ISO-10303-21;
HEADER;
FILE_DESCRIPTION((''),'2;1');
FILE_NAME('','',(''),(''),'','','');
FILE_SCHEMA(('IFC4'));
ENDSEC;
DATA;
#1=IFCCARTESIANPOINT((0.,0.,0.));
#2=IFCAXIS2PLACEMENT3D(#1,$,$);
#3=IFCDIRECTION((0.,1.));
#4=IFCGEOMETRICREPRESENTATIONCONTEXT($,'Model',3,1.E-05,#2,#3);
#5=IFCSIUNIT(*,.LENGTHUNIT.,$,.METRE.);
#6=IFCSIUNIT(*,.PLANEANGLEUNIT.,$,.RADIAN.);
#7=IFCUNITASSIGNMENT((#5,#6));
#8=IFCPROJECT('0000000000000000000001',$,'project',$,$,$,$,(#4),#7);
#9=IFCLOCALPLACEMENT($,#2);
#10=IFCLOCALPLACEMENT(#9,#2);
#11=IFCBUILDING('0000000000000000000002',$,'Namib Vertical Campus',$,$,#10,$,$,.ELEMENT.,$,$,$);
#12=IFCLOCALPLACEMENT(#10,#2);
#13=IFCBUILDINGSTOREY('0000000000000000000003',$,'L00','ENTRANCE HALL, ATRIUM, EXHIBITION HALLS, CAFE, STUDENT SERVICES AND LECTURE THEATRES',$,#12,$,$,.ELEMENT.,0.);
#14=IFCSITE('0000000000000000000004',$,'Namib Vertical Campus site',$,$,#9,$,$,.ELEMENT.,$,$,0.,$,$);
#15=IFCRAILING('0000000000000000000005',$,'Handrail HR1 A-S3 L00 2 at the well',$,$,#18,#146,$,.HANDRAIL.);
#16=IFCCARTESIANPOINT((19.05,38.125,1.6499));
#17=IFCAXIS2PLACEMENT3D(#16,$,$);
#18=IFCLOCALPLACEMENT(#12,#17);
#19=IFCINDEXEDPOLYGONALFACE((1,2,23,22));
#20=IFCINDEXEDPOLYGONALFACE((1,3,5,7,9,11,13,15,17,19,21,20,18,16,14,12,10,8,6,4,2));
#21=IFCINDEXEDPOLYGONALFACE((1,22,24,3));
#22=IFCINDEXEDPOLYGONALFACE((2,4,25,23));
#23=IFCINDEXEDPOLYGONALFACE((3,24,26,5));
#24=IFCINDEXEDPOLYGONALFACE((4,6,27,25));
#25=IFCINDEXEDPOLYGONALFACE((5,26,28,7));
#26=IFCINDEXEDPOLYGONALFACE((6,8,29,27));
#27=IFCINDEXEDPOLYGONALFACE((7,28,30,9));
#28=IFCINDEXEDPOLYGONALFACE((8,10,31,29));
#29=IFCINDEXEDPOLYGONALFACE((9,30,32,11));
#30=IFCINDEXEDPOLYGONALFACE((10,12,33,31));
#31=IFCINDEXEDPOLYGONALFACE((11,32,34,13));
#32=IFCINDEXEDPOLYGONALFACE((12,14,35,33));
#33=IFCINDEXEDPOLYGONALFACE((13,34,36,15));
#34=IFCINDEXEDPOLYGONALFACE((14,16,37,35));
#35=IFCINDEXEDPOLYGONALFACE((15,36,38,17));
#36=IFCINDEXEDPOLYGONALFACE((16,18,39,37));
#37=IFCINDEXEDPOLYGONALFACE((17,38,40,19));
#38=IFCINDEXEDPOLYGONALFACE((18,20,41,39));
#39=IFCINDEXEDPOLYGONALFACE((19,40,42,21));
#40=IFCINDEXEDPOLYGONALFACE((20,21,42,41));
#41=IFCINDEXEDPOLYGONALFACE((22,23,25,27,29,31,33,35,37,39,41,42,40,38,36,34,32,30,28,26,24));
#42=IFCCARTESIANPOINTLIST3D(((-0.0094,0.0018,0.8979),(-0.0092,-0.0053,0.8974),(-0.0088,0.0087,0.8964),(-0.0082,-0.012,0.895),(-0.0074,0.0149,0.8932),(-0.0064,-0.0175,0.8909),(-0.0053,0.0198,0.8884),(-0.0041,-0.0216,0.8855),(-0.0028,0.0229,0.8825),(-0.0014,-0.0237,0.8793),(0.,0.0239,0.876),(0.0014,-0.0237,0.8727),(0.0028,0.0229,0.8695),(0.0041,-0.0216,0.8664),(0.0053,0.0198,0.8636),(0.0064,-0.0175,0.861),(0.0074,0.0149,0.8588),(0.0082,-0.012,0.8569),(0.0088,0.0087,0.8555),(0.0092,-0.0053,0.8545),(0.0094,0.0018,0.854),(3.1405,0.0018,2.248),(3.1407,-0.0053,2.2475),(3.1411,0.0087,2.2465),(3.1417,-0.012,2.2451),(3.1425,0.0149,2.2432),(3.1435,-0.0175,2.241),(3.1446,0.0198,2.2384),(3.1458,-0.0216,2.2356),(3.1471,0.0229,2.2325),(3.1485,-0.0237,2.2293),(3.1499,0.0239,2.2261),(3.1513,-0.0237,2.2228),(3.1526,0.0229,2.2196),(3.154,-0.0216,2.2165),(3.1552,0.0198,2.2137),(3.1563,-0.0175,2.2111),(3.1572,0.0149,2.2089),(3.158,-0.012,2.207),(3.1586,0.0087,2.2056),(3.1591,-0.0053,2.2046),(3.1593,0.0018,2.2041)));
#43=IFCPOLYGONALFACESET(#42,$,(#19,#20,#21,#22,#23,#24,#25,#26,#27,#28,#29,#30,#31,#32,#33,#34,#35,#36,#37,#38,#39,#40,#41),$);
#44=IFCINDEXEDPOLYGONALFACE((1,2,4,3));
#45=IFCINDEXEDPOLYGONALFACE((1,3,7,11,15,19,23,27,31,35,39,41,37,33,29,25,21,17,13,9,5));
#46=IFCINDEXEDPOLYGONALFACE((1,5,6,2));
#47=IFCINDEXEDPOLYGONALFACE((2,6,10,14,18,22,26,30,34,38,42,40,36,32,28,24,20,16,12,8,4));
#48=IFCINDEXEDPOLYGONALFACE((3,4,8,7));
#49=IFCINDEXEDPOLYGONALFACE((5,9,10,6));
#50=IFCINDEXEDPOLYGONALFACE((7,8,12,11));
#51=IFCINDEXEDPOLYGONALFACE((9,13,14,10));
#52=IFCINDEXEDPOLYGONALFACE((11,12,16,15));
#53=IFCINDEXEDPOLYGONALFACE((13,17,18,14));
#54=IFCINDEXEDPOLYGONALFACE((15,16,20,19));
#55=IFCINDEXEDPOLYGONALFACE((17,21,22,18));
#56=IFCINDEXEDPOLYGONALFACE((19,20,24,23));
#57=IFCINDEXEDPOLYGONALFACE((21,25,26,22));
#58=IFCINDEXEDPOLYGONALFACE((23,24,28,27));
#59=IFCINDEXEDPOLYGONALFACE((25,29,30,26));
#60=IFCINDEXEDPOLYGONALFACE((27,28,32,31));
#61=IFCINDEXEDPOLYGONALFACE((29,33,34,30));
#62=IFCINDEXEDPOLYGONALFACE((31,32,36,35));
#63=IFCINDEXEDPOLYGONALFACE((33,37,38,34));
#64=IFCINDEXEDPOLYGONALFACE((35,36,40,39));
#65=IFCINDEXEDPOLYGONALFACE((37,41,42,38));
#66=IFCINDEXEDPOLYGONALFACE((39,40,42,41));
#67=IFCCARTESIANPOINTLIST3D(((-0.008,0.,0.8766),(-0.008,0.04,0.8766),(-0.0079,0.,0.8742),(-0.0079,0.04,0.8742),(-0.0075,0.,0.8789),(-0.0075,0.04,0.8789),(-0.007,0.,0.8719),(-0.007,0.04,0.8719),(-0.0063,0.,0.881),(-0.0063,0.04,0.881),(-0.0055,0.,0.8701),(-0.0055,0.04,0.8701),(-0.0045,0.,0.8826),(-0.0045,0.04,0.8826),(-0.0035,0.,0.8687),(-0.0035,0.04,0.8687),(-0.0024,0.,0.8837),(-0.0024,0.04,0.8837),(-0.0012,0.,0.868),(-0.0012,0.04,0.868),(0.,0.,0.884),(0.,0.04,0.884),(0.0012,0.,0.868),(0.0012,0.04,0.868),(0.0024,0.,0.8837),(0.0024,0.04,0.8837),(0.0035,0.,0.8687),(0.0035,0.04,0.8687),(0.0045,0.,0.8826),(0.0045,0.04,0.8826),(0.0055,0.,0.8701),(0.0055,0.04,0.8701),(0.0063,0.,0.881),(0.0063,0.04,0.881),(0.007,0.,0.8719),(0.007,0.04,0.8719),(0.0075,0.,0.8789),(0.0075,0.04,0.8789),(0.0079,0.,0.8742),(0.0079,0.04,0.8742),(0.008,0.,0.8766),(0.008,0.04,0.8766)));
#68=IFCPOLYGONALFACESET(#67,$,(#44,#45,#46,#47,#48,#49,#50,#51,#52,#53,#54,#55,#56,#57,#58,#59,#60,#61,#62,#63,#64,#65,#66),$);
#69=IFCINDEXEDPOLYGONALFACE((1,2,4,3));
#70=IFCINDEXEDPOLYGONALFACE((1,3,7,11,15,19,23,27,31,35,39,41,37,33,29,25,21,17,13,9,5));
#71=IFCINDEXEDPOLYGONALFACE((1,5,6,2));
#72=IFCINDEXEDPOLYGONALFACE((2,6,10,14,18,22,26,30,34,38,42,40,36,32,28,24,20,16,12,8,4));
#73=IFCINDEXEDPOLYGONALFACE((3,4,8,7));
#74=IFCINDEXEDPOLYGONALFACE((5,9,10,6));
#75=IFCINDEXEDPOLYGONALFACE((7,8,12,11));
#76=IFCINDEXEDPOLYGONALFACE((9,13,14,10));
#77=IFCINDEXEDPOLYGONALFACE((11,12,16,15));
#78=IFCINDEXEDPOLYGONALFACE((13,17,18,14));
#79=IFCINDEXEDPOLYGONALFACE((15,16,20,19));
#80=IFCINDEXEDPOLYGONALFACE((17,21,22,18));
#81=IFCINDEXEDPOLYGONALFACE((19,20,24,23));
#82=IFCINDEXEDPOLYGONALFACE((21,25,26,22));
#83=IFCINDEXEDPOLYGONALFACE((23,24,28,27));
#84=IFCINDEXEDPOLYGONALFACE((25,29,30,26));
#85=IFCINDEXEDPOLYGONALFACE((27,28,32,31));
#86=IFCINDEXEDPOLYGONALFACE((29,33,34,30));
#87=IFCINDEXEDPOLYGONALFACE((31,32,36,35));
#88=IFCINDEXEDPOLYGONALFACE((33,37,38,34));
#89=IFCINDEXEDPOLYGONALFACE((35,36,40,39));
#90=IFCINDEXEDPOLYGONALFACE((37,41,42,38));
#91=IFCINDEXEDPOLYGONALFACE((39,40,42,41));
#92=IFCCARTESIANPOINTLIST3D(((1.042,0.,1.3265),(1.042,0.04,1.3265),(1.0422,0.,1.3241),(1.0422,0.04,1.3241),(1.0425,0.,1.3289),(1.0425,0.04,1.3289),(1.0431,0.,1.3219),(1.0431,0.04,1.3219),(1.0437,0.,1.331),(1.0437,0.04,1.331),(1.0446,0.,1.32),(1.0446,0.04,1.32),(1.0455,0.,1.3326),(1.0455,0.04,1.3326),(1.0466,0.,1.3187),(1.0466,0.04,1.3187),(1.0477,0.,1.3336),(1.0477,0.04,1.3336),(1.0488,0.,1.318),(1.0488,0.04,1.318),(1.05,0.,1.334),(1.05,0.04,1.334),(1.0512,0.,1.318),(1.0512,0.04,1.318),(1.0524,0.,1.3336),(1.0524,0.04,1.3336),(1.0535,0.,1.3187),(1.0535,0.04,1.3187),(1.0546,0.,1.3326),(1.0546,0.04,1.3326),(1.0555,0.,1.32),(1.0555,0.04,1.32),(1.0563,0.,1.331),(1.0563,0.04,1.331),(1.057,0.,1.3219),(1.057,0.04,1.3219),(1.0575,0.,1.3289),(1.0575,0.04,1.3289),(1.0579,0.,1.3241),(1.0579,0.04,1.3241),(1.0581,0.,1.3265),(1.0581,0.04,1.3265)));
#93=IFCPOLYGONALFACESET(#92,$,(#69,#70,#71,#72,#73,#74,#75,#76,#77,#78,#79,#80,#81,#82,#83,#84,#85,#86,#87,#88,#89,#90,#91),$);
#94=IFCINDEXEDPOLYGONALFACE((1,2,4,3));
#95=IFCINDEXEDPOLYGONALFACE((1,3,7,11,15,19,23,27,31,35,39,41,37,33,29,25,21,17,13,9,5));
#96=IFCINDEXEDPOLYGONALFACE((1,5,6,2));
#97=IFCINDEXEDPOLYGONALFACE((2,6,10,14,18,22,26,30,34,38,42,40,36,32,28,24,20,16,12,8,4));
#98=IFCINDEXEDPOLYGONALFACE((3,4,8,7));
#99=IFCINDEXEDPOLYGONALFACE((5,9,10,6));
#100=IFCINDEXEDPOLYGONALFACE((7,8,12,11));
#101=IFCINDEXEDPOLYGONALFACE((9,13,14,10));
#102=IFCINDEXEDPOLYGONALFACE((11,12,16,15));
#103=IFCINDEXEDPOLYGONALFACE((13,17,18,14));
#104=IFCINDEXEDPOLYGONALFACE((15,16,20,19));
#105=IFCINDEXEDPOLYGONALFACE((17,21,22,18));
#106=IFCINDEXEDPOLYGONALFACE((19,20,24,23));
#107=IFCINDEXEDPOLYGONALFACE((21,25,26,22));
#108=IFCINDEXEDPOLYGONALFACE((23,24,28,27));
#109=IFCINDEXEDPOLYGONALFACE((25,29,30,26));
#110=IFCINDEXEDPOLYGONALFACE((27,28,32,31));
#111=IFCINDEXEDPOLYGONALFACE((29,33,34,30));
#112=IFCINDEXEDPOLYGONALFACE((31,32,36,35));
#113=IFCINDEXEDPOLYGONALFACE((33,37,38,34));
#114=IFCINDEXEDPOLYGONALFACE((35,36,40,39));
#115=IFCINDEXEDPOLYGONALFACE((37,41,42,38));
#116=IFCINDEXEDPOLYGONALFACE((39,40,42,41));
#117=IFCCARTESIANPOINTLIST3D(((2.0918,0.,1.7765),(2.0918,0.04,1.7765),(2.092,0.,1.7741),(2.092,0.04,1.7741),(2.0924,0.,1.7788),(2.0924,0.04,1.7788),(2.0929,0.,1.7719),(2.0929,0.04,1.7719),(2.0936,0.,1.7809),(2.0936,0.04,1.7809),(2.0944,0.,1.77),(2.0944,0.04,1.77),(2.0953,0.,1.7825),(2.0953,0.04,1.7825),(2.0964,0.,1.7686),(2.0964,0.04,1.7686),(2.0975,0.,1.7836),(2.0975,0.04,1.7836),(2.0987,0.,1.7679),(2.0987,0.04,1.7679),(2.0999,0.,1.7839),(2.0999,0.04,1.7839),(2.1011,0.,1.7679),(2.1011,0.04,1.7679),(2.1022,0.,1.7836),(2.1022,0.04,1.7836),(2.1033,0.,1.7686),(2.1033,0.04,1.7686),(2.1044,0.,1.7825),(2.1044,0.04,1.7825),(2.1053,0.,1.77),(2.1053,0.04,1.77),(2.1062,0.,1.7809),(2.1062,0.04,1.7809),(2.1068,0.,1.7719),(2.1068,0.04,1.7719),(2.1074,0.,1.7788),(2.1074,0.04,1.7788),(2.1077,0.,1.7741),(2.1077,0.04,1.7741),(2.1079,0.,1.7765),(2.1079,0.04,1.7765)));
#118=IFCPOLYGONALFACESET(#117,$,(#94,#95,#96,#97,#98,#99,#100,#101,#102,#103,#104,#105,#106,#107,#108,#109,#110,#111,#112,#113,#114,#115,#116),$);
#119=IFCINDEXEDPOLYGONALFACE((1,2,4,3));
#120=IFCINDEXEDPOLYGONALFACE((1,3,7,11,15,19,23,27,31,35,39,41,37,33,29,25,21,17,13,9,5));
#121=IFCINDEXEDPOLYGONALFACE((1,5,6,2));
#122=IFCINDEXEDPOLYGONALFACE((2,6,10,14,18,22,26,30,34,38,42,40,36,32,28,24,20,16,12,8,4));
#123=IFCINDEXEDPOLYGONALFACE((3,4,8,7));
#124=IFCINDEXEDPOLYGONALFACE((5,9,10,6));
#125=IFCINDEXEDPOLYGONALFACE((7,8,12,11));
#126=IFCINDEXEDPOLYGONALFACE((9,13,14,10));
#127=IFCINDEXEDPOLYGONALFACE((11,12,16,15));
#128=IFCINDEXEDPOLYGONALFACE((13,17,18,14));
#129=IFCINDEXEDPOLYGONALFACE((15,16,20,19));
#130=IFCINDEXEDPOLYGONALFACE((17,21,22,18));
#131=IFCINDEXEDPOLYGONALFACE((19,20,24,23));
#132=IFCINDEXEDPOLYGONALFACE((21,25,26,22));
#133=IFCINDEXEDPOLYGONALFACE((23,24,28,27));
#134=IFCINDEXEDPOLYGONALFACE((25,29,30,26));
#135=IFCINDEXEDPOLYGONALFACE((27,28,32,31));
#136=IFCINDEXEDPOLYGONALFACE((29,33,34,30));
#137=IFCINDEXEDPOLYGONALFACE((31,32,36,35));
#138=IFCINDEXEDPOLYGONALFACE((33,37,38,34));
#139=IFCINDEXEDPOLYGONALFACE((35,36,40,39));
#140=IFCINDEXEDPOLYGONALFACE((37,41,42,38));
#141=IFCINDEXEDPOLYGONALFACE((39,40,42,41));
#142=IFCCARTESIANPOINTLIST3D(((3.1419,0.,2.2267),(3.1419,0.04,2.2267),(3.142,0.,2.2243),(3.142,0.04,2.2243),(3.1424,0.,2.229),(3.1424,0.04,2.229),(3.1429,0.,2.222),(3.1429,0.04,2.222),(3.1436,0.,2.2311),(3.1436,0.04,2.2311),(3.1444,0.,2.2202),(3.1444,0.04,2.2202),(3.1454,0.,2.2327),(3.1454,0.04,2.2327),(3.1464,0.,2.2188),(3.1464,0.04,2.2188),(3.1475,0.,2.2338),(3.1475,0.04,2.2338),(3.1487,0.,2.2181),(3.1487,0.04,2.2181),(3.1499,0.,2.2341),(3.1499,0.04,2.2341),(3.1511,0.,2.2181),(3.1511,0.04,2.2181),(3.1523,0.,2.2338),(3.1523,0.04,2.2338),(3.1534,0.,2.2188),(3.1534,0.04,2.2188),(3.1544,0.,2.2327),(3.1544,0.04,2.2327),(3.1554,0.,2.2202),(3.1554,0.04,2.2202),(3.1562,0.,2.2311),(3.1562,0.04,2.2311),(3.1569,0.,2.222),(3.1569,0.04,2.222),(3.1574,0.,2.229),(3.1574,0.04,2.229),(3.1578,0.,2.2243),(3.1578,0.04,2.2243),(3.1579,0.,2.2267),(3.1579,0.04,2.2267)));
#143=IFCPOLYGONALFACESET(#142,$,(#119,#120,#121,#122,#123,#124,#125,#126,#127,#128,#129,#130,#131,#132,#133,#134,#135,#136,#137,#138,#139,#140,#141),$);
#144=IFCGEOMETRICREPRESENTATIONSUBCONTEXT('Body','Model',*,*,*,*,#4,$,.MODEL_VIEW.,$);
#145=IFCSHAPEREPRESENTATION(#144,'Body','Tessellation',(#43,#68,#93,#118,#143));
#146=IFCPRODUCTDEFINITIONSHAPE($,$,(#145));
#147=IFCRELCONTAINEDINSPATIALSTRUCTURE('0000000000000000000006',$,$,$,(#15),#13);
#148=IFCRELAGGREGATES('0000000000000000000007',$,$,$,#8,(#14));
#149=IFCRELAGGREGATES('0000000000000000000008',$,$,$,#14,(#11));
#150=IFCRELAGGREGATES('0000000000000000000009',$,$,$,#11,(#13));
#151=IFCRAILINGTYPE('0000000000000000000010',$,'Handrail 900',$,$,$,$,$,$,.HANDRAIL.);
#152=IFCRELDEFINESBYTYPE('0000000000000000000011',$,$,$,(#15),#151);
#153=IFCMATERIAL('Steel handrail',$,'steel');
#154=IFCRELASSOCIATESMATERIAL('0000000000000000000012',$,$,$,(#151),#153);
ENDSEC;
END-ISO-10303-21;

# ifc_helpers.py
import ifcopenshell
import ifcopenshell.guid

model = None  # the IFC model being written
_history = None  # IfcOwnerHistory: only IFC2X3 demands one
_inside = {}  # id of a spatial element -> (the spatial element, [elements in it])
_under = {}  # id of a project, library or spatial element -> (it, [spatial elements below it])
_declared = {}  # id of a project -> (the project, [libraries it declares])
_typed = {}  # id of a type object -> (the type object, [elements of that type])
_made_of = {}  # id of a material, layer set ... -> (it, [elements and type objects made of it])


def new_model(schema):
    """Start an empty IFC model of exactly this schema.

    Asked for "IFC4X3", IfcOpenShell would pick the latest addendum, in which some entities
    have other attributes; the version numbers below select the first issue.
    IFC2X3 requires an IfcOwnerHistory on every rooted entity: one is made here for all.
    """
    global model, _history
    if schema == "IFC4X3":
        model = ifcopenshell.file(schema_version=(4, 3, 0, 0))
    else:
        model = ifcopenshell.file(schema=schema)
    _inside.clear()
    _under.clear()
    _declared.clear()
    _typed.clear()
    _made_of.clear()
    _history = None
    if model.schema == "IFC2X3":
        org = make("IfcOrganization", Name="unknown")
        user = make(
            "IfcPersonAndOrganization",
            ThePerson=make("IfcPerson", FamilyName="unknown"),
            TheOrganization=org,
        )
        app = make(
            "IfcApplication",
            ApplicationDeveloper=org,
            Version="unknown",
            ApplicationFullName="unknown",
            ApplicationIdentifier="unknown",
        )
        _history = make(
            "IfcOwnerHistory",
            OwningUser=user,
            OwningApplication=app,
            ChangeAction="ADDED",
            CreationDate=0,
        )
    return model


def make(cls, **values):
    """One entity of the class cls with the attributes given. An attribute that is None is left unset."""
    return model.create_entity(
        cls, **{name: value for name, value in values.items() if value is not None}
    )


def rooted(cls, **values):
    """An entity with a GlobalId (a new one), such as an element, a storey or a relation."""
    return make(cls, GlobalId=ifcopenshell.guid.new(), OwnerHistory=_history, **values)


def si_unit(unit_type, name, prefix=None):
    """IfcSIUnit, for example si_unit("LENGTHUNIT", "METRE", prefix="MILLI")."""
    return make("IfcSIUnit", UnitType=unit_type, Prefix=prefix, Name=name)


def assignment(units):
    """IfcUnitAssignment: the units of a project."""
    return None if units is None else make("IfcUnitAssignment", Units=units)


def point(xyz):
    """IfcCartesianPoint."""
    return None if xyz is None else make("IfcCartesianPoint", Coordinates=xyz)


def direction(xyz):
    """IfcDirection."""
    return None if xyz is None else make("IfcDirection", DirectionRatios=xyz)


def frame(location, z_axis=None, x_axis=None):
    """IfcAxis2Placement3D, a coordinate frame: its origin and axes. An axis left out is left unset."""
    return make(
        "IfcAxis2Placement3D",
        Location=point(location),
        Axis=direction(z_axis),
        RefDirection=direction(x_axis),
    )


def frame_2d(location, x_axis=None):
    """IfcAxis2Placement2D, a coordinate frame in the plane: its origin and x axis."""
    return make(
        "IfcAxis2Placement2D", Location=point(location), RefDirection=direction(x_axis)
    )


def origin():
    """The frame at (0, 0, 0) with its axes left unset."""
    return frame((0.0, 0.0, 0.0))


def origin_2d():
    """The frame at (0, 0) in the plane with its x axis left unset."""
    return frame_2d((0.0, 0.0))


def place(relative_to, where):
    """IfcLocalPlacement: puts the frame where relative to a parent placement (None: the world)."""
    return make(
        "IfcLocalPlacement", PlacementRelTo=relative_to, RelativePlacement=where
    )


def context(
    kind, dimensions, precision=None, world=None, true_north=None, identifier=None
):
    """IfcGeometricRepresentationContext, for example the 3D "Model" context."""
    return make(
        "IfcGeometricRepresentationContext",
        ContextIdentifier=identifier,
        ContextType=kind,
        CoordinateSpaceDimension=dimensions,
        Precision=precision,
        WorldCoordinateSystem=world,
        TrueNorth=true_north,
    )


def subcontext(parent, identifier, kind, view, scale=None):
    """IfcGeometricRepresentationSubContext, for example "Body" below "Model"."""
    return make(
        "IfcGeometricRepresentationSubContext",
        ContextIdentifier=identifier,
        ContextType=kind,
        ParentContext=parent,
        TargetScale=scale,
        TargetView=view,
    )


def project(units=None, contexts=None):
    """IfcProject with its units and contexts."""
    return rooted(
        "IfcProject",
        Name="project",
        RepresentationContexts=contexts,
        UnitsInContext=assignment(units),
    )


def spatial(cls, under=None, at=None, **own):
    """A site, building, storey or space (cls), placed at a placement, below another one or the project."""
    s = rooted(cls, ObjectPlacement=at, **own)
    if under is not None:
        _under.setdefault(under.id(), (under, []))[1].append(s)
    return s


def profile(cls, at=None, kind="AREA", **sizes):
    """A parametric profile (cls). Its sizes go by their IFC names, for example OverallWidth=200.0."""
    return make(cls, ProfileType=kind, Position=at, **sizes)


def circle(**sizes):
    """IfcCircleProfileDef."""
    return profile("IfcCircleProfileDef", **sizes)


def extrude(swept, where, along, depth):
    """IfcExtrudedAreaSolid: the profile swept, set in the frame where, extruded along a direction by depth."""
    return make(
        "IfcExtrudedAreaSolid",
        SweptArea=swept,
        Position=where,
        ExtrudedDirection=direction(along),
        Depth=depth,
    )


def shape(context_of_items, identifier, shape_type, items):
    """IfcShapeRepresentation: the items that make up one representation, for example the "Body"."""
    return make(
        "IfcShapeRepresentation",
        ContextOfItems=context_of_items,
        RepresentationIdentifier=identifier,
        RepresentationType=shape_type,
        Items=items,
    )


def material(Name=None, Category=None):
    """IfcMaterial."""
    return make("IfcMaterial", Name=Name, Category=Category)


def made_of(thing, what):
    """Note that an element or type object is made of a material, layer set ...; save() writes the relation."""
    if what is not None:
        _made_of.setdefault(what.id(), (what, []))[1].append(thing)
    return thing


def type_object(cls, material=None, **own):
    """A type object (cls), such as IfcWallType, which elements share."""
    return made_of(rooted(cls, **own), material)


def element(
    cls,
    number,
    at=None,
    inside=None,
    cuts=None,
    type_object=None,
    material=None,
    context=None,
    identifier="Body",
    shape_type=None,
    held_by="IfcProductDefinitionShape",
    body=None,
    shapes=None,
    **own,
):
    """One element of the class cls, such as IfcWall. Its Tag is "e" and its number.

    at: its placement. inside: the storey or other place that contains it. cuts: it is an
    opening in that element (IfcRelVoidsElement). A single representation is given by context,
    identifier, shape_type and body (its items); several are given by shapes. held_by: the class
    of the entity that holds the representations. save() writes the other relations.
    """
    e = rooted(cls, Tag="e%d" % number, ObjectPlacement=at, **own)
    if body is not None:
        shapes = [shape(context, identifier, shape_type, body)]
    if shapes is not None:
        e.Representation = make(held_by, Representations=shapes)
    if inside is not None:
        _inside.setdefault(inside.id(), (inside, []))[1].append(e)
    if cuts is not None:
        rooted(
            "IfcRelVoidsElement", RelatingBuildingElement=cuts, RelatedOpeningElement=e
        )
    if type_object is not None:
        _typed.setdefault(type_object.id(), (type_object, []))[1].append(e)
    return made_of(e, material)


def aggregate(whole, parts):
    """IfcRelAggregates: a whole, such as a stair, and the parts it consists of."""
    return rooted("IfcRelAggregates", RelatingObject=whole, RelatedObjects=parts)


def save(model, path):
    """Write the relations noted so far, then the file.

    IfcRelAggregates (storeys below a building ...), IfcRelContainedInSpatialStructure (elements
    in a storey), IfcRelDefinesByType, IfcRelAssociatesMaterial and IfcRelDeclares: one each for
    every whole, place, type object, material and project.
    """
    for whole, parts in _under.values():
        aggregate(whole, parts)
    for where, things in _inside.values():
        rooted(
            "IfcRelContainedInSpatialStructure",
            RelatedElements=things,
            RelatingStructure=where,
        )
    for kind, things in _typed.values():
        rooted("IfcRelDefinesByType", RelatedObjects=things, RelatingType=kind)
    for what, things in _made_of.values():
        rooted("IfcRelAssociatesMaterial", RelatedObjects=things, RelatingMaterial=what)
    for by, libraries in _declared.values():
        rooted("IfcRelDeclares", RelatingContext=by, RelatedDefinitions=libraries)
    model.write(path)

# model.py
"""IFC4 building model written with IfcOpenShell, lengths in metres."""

from ifc_helpers import new_model, si_unit, direction, frame, origin, origin_2d, place, context, subcontext, project, spatial, circle, extrude, material, type_object, element, save


model = new_model("IFC4")

# Units and contexts
model_context = context("Model", 3, precision=1e-05, world=origin(), true_north=direction((0.0, 1.0)))
body_context = subcontext(model_context, "Body", "Model", "MODEL_VIEW")
ifc_project = project(units=[si_unit("LENGTHUNIT", "METRE"), si_unit("PLANEANGLEUNIT", "RADIAN")], contexts=[model_context])

# Site, building, storey
site_placement = place(None, origin())
site = spatial("IfcSite", under=ifc_project, at=site_placement, Name="Namib Vertical Campus site", CompositionType="ELEMENT", RefElevation=0.0)
building_placement = place(site_placement, origin())
building = spatial("IfcBuilding", under=site, at=building_placement, Name="Namib Vertical Campus", CompositionType="ELEMENT")
storey_placement = place(building_placement, origin())
storey = spatial("IfcBuildingStorey", under=building, at=storey_placement, Name="L00", Description="ENTRANCE HALL, ATRIUM, EXHIBITION HALLS, CAFE, STUDENT SERVICES AND LECTURE THEATRES", CompositionType="ELEMENT", Elevation=0.0)

# Railing
ifc_material_1 = material(Name="Steel handrail", Category="steel")
railing_type = type_object("IfcRailingType", Name="Handrail 900", PredefinedType="HANDRAIL", material=ifc_material_1)
for number, where, name in (
    (1, (19.05, 38.125, 1.6499), "Handrail HR1 A-S3 L00 2 at the well"),
):
    element("IfcRailing", number, at=place(storey_placement, frame(where)), inside=storey, type_object=railing_type, Name=name, PredefinedType="HANDRAIL", context=body_context, shape_type="SweptSolid", body=[
        extrude(circle(Radius=0.0239, at=origin_2d()), frame((0.0, 0.0, 0.876), z_axis=(0.91913, 0.0, 0.393954), x_axis=(0.0, 1.0, 0.0)), (0.0, 0.0, 1.0), 3.427),
        extrude(circle(Radius=0.0081, at=origin_2d()), frame((0.0, 0.0, 0.876), z_axis=(0.0, 1.0, 0.0), x_axis=(0.0, 0.0, 1.0)), (0.0, 0.0, 1.0), 0.04),
        extrude(circle(Radius=0.0081, at=origin_2d()), frame((1.05, 0.0, 1.3259), z_axis=(0.0, 1.0, 0.0), x_axis=(0.0, 0.0, 1.0)), (0.0, 0.0, 1.0), 0.04),
        extrude(circle(Radius=0.0081, at=origin_2d()), frame((2.0999, 0.0, 1.7759), z_axis=(0.0, 1.0, 0.0), x_axis=(0.0, 0.0, 1.0)), (0.0, 0.0, 1.0), 0.04),
        extrude(circle(Radius=0.0081, at=origin_2d()), frame((3.1499, 0.0, 2.2261), z_axis=(0.0, 1.0, 0.0), x_axis=(0.0, 0.0, 1.0)), (0.0, 0.0, 1.0), 0.04),
    ])

save(model, "model.ifc")
